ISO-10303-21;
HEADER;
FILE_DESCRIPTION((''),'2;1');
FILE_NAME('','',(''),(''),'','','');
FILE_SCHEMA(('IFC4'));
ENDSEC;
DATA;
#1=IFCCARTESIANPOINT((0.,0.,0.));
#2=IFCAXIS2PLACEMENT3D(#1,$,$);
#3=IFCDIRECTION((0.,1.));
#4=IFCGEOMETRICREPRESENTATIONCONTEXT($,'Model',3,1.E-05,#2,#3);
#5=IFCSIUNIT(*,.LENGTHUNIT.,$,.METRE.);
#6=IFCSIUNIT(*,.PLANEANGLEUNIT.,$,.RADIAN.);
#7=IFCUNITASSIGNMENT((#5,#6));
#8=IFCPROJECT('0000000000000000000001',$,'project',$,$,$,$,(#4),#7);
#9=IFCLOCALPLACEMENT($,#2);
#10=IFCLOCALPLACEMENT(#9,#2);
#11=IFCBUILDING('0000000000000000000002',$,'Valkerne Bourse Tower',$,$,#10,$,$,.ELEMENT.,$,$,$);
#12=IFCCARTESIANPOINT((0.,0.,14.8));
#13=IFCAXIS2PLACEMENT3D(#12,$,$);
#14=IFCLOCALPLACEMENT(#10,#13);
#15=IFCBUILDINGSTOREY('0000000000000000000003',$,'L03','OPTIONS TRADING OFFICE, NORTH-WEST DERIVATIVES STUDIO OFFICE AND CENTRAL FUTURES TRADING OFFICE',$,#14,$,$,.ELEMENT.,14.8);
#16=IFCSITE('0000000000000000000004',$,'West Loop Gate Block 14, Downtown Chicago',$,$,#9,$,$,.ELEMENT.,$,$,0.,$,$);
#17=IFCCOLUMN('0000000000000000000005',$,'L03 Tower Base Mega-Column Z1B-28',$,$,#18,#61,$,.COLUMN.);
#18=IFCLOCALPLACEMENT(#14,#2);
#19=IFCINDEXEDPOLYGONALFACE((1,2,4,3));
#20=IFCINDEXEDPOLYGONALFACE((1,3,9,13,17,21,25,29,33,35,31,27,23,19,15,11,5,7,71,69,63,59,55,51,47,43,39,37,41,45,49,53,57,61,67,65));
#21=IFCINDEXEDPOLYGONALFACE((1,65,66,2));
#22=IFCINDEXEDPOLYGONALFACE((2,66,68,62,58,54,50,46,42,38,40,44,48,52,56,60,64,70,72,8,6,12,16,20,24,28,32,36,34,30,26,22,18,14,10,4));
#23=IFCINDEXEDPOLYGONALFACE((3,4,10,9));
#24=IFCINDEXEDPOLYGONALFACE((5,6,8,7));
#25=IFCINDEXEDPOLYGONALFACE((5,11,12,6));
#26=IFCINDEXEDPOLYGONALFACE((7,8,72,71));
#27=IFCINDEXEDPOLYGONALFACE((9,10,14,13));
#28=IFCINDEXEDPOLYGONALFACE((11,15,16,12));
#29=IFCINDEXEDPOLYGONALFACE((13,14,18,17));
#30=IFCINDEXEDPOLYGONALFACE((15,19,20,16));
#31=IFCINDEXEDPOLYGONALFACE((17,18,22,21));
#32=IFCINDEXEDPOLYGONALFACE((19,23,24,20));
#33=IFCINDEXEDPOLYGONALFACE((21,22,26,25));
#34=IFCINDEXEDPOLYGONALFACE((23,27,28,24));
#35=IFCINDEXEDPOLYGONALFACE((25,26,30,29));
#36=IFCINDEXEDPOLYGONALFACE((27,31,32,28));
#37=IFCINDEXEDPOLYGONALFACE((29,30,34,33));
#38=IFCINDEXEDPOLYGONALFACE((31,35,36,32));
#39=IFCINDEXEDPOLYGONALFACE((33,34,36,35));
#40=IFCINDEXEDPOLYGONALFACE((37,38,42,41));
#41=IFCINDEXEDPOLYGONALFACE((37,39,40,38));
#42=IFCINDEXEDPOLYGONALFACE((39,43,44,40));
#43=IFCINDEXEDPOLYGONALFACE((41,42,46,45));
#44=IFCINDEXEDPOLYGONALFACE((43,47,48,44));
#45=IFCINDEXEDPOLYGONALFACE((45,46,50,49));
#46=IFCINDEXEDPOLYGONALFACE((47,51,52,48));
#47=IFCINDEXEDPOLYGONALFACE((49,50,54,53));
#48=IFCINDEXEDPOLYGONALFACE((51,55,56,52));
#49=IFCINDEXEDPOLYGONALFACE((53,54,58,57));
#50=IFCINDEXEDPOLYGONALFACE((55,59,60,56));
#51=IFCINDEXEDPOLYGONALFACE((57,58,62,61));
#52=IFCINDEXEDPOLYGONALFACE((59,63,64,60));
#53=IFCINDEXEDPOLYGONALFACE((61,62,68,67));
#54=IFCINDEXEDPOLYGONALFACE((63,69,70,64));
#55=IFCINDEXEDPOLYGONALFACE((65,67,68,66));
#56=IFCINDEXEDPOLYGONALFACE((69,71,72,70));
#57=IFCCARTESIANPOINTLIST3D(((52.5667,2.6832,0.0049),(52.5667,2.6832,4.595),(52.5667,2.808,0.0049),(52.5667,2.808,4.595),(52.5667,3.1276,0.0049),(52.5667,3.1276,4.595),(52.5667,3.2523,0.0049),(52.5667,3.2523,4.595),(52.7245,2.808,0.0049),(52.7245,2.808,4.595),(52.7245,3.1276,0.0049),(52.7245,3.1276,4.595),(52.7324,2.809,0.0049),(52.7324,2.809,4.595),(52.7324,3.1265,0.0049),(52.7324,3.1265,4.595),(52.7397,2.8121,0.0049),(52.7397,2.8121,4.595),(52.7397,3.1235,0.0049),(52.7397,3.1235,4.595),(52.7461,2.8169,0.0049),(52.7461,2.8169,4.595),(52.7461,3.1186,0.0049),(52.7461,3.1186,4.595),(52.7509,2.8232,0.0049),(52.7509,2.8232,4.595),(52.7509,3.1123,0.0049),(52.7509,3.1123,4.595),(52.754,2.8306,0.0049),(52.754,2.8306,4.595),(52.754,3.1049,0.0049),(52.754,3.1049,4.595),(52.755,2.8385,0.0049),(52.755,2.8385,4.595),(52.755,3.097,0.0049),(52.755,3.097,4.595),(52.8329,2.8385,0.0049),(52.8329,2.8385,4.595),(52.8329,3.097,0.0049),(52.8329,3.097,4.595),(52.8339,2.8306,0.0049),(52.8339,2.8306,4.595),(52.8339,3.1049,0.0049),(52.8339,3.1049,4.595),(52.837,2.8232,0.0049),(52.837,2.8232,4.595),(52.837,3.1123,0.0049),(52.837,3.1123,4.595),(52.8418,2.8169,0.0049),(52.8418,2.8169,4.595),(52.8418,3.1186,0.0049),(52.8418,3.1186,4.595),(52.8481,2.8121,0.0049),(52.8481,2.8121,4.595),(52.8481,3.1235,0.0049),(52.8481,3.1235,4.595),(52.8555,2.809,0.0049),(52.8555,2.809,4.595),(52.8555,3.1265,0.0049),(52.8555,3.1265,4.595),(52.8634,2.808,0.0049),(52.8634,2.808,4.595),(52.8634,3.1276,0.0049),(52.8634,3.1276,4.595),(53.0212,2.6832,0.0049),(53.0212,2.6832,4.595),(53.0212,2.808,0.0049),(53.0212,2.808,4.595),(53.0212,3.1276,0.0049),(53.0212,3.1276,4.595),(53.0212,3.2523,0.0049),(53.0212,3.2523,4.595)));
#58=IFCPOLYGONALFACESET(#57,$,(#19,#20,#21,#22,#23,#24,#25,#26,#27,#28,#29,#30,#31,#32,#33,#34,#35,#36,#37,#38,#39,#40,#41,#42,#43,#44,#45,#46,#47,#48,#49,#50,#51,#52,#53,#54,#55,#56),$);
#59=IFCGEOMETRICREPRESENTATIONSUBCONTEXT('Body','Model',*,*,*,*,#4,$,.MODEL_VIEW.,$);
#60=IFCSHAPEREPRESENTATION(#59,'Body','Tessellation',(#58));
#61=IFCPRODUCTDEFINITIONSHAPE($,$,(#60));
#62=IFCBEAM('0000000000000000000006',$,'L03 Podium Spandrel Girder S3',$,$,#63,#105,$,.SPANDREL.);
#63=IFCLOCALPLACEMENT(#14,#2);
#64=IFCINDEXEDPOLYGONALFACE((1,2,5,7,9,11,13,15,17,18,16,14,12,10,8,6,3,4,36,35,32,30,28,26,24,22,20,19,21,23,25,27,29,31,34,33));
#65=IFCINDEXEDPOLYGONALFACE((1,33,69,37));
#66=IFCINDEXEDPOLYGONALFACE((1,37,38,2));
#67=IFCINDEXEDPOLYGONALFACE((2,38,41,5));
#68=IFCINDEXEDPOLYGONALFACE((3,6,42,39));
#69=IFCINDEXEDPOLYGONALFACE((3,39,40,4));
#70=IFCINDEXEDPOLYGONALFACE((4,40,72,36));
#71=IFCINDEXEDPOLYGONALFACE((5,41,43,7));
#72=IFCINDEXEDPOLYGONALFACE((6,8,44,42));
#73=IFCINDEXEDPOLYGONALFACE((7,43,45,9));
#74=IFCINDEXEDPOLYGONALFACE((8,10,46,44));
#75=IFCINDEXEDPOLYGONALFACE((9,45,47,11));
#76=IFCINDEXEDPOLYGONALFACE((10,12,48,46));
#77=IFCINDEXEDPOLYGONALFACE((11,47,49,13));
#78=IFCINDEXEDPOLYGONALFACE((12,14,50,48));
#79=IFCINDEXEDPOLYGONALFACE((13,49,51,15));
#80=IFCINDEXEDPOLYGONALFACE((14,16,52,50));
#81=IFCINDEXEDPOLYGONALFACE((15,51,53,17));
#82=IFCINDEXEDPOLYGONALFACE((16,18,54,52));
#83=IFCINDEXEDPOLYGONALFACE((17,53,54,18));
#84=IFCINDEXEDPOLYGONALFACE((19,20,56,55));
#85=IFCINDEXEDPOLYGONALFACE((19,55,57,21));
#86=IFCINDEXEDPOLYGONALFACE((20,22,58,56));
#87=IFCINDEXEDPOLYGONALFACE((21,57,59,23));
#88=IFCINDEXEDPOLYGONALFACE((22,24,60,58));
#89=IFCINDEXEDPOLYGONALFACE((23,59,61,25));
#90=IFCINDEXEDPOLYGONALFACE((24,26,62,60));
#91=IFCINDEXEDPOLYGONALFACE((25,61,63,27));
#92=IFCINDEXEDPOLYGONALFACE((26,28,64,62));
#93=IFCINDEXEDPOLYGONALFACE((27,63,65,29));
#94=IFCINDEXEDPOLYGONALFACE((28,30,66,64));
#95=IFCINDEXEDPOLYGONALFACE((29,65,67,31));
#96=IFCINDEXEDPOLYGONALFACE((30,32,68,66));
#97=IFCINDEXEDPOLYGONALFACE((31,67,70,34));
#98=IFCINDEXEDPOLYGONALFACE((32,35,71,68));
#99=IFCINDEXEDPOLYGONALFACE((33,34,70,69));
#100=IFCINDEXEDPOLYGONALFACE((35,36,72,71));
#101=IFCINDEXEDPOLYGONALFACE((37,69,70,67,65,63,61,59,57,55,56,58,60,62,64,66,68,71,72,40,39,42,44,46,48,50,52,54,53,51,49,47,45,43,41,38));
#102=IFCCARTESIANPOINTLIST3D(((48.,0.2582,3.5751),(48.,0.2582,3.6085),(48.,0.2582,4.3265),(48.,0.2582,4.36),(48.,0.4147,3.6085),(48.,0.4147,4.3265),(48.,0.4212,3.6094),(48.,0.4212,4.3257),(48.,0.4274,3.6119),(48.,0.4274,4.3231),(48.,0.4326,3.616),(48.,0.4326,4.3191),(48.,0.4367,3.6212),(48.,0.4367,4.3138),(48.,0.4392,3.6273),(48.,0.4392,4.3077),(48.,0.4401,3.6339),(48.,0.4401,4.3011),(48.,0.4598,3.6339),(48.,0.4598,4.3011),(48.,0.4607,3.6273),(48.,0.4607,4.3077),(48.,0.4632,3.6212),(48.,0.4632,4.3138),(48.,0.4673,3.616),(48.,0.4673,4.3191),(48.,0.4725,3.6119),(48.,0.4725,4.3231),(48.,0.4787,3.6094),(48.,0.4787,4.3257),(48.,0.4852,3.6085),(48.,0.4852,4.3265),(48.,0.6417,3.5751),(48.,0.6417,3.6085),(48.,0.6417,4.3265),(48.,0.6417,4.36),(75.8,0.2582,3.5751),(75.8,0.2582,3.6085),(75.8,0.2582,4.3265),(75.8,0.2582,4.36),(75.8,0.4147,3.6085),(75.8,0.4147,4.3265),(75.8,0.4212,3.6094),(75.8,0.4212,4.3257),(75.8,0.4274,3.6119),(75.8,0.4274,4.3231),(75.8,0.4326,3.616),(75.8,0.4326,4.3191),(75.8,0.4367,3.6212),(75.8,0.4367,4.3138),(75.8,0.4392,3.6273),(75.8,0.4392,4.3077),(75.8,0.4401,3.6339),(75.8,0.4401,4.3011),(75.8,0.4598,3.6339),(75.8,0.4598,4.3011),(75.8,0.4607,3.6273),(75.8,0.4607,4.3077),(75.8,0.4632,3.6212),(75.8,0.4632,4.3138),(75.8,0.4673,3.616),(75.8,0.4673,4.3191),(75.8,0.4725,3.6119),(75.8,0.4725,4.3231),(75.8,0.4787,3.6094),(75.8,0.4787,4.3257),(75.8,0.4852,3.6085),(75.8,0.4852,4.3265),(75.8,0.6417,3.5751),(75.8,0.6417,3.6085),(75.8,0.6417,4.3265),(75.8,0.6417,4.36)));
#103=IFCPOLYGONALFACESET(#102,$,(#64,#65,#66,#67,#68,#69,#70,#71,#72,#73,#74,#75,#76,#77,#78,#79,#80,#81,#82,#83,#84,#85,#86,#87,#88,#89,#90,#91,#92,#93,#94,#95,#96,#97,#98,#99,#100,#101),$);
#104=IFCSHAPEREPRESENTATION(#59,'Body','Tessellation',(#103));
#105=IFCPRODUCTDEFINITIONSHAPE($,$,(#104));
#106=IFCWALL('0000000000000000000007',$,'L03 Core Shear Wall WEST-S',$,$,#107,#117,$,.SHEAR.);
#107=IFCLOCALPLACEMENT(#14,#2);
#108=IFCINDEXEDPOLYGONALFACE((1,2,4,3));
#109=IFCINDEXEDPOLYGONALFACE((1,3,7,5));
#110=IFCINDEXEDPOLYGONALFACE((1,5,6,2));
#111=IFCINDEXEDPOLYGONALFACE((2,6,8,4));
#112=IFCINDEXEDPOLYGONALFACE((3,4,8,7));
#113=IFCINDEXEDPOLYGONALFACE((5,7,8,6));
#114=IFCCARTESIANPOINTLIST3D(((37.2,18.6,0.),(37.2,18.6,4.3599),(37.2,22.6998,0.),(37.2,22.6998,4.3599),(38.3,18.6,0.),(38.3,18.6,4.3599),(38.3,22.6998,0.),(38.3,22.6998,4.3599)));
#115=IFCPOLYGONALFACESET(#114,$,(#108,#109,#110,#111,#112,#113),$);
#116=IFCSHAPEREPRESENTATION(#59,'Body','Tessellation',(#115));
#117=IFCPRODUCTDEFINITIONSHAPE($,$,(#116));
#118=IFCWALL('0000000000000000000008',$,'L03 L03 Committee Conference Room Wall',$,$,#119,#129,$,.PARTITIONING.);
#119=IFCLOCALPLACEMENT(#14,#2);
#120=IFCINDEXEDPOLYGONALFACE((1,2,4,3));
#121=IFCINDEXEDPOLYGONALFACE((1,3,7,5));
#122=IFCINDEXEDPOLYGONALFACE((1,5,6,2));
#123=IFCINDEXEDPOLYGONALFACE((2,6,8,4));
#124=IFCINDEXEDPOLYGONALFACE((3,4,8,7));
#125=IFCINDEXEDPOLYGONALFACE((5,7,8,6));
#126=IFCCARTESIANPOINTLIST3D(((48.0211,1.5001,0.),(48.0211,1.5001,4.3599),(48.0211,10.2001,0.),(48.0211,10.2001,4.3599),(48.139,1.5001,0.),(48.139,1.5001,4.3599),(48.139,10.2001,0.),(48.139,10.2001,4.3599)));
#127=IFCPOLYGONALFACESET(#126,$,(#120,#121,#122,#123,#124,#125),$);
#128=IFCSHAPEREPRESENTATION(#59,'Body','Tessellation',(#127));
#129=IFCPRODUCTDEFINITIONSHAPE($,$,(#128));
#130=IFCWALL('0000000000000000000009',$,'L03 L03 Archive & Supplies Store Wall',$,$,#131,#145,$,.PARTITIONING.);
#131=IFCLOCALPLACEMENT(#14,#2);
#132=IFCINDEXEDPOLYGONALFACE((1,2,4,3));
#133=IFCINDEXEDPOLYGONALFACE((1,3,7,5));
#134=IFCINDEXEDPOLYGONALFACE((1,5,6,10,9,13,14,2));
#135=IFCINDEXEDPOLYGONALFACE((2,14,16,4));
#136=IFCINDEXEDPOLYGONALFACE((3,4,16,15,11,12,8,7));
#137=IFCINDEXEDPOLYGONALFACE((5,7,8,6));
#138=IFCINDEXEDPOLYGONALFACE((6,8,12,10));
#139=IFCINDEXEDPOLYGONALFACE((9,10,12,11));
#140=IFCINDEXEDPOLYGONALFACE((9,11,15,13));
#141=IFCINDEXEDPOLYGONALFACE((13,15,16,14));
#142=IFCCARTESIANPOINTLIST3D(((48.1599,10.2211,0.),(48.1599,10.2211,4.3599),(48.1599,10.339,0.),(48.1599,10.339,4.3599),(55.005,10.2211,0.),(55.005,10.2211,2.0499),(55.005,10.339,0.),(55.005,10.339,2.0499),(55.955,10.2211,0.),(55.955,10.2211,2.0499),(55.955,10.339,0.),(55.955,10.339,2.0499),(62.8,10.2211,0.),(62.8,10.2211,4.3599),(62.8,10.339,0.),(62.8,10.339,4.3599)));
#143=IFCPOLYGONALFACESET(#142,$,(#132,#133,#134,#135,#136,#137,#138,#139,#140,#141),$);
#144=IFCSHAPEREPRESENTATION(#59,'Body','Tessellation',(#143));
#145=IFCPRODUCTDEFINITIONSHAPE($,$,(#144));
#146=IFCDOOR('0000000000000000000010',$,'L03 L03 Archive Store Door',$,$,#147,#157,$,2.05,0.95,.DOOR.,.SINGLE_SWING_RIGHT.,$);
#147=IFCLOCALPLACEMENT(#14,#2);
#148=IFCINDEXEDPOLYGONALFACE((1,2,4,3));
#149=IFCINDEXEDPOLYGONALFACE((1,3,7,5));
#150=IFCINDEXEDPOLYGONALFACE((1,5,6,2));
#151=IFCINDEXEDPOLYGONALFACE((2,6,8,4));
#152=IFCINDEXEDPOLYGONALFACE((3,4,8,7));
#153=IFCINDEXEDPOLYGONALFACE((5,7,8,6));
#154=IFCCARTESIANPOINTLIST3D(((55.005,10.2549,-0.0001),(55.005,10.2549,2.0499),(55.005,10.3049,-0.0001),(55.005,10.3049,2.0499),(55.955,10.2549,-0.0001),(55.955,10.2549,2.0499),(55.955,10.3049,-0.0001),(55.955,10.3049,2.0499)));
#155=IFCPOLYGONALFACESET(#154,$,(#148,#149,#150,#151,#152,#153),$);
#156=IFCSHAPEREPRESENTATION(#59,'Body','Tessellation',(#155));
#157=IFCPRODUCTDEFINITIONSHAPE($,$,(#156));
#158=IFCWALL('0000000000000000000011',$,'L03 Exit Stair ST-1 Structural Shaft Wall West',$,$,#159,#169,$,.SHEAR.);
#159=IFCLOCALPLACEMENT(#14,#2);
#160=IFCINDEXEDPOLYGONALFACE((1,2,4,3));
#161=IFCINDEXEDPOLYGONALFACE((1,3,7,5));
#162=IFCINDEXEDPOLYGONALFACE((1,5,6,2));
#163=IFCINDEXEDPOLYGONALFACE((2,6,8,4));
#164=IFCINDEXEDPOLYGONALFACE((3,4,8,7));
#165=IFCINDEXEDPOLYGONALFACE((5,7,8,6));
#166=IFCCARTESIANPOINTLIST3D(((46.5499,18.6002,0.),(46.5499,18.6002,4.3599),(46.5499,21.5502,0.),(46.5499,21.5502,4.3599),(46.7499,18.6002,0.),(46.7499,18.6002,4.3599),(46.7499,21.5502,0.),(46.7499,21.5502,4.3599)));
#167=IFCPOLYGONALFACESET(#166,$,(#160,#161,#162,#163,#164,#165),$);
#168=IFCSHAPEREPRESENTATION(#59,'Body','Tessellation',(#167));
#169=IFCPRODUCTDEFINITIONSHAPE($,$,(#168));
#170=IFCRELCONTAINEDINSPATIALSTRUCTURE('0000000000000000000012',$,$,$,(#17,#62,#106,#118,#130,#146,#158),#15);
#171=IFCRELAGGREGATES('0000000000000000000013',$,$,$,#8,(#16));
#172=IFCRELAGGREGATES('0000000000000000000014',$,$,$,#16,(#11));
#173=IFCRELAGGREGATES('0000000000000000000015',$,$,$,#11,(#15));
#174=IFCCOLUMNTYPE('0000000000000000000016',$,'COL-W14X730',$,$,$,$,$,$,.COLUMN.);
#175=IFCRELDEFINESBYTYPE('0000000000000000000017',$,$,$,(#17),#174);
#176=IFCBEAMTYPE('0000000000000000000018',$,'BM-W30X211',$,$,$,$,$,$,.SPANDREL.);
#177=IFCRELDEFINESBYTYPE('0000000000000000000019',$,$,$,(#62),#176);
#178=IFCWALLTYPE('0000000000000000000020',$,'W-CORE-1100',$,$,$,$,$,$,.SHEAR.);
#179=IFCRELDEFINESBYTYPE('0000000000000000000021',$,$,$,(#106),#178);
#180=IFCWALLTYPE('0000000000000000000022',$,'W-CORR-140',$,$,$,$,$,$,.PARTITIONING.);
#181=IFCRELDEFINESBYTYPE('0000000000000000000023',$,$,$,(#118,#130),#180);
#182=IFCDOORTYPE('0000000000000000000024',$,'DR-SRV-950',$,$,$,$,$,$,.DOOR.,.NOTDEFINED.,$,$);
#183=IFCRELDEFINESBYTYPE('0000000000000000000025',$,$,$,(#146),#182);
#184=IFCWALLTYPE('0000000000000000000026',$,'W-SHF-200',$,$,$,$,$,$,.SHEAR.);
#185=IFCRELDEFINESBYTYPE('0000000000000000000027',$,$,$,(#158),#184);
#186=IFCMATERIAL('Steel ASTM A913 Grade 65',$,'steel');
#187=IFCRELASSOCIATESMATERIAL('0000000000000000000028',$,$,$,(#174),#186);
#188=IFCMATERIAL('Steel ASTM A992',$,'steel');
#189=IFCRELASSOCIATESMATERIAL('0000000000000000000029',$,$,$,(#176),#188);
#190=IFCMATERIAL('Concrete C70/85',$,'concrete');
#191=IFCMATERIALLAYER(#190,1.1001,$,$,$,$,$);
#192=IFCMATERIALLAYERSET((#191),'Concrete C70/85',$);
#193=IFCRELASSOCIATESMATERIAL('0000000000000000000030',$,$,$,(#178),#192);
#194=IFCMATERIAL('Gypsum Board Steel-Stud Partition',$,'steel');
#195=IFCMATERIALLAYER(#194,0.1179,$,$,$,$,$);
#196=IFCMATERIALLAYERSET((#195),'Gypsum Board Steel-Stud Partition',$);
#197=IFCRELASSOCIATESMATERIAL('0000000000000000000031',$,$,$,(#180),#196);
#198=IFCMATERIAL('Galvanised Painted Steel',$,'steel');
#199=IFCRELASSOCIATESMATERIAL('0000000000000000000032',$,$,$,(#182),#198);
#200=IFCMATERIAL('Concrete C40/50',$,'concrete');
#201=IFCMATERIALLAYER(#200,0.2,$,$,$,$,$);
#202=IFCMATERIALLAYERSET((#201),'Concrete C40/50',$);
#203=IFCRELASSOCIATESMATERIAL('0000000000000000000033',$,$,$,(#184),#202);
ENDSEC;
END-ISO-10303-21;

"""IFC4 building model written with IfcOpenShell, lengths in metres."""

from ifc_helpers import new_model, si_unit, direction, frame, frame_2d, origin, origin_2d, place, context, subcontext, project, spatial, rectangle, i_section, extrude, material, layer, layer_set, material_profile, profile_set, type_object, element, fill, save


model = new_model("IFC4")

# Units and contexts
model_context = context("Model", 3, precision=1e-05, world=origin(), true_north=direction((0.0, 1.0)))
body_context = subcontext(model_context, "Body", "Model", "MODEL_VIEW")
ifc_project = project(units=[si_unit("LENGTHUNIT", "METRE"), si_unit("PLANEANGLEUNIT", "RADIAN")], contexts=[model_context])

# Site, building, storey
site_placement = place(None, origin())
site = spatial("IfcSite", under=ifc_project, at=site_placement, Name="West Loop Gate Block 14, Downtown Chicago", CompositionType="ELEMENT", RefElevation=0.0)
building_placement = place(site_placement, origin())
building = spatial("IfcBuilding", under=site, at=building_placement, Name="Valkerne Bourse Tower", CompositionType="ELEMENT")
storey_placement = place(building_placement, frame((0.0, 0.0, 14.8)))
storey = spatial("IfcBuildingStorey", under=building, at=storey_placement, Name="L03", Description="OPTIONS TRADING OFFICE, NORTH-WEST DERIVATIVES STUDIO OFFICE AND CENTRAL FUTURES TRADING OFFICE", CompositionType="ELEMENT", Elevation=14.8)

# Column
ifc_material_1 = material(Name="Concrete C70/85", Category="concrete")
ifc_material_2 = material(Name="Steel ASTM A913 Grade 65", Category="steel")
ifc_material_profile_1 = material_profile(ifc_material_2, i_section(OverallWidth=0.4546, OverallDepth=0.5691, WebThickness=0.0779, FlangeThickness=0.1248, FilletRadius=0.0305, at=origin_2d()), Name="W14X730")
ifc_profile_set_1 = profile_set([ifc_material_profile_1], Name="Steel ASTM A913 Grade 65")
column_type_1 = type_object("IfcColumnType", Name="COL-W14X730", PredefinedType="COLUMN", material=ifc_profile_set_1)
for number, where, z_axis, x_axis, name in (
    (1, (52.7939, 2.9678, 0.0049), (0.0, 0.0, 1.0), (1.0, 0.0, 0.0), "L03 Tower Base Mega-Column Z1B-28"),
):
    element("IfcColumn", number, at=place(storey_placement, frame(where, z_axis=z_axis, x_axis=x_axis)), inside=storey, type_object=column_type_1, Name=name, PredefinedType="COLUMN", context=body_context, shape_type="SweptSolid", body=[
        extrude(i_section(OverallWidth=0.4546, OverallDepth=0.5691, WebThickness=0.0779, FlangeThickness=0.1248, FilletRadius=0.0305, at=origin_2d()), origin(), (0.0, 0.0, 1.0), 4.5901),
    ])

# Beam
ifc_material_3 = material(Name="Steel ASTM A992", Category="steel")
ifc_material_profile_2 = material_profile(ifc_material_3, i_section(OverallWidth=0.3835, OverallDepth=0.7849, WebThickness=0.0198, FlangeThickness=0.0334, FilletRadius=0.0254, at=origin_2d()), Name="W30X211")
ifc_profile_set_2 = profile_set([ifc_material_profile_2], Name="Steel ASTM A992")
beam_type = type_object("IfcBeamType", Name="BM-W30X211", PredefinedType="SPANDREL", material=ifc_profile_set_2)
beam_placement = place(storey_placement, frame((48.0, 0.45, 3.9675), z_axis=(1.0, 0.0, 0.0), x_axis=(0.0, 1.0, 0.0)))
element("IfcBeam", 2, at=beam_placement, inside=storey, type_object=beam_type, Name="L03 Podium Spandrel Girder S3", PredefinedType="SPANDREL", context=body_context, shape_type="SweptSolid", body=[
    extrude(i_section(OverallWidth=0.3835, OverallDepth=0.7849, WebThickness=0.0198, FlangeThickness=0.0334, FilletRadius=0.0254, at=origin_2d()), origin(), (0.0, 0.0, 1.0), 27.8),
])

# Walls
ifc_layer_1 = layer(ifc_material_1, 1.1001)
ifc_layer_set_1 = layer_set([ifc_layer_1], Name="Concrete C70/85")
wall_type_1 = type_object("IfcWallType", Name="W-CORE-1100", PredefinedType="SHEAR", material=ifc_layer_set_1)
wall_1_placement = place(storey_placement, frame((37.75, 18.6001, 0.0), z_axis=(0.0, 0.0, 1.0), x_axis=(0.0, 1.0, 0.0)))
element("IfcWall", 3, at=wall_1_placement, inside=storey, type_object=wall_type_1, Name="L03 Core Shear Wall WEST-S", PredefinedType="SHEAR", context=body_context, shape_type="SweptSolid", body=[
    extrude(rectangle(XDim=4.0999, YDim=1.1001, at=frame_2d((2.0498, 0.0))), origin(), (0.0, 0.0, 1.0), 4.3599),
])
ifc_material_4 = material(Name="Gypsum Board Steel-Stud Partition", Category="steel")
ifc_layer_2 = layer(ifc_material_4, 0.1179)
ifc_layer_set_2 = layer_set([ifc_layer_2], Name="Gypsum Board Steel-Stud Partition")
wall_type_2 = type_object("IfcWallType", Name="W-CORR-140", PredefinedType="PARTITIONING", material=ifc_layer_set_2)
wall_2_placement = place(storey_placement, frame((48.0801, 1.5, 0.0), z_axis=(0.0, 0.0, 1.0), x_axis=(0.0, 1.0, 0.0)))
element("IfcWall", 4, at=wall_2_placement, inside=storey, type_object=wall_type_2, Name="L03 L03 Committee Conference Room Wall", PredefinedType="PARTITIONING", context=body_context, shape_type="SweptSolid", body=[
    extrude(rectangle(XDim=8.7, YDim=0.1179, at=frame_2d((4.3501, 0.0))), origin(), (0.0, 0.0, 1.0), 4.3599),
])

# Wall, opening, door
wall_3_placement = place(storey_placement, frame((48.1599, 10.28, 0.0), z_axis=(0.0, 0.0, 1.0), x_axis=(1.0, 0.0, 0.0)))
wall_3 = element("IfcWall", 5, at=wall_3_placement, inside=storey, type_object=wall_type_2, Name="L03 L03 Archive & Supplies Store Wall", PredefinedType="PARTITIONING", context=body_context, shape_type="SweptSolid", body=[
    extrude(rectangle(XDim=14.6401, YDim=0.1179, at=frame_2d((7.3201, 0.0))), origin(), (0.0, 0.0, 1.0), 4.3599),
])
opening_1_placement = place(wall_3_placement, frame((6.845, 0.0, 0.0)))
opening_1 = element("IfcOpeningElement", 6, at=opening_1_placement, cuts=wall_3, PredefinedType="OPENING", context=body_context, shape_type="SweptSolid", body=[
    extrude(rectangle(XDim=0.95, YDim=2.05, at=frame_2d((0.4751, 1.0249))), frame((0.0, 0.0688, 0.0), z_axis=(0.0, -1.0, 0.0), x_axis=(1.0, 0.0, 0.0)), (0.0, 0.0, 1.0), 0.1379),
])
ifc_material_5 = material(Name="Galvanised Painted Steel", Category="steel")
door_type_1 = type_object("IfcDoorType", Name="DR-SRV-950", OperationType="NOTDEFINED", PredefinedType="DOOR", material=ifc_material_5)
door_1_placement = place(opening_1_placement, origin())
door_1 = element("IfcDoor", 7, at=door_1_placement, inside=storey, type_object=door_type_1, Name="L03 L03 Archive Store Door", OperationType="SINGLE_SWING_RIGHT", OverallHeight=2.05, OverallWidth=0.95, PredefinedType="DOOR", context=body_context, shape_type="SweptSolid", body=[
    extrude(rectangle(XDim=0.95, YDim=2.05, at=frame_2d((0.4751, 1.0249))), frame((0.0, 0.0249, 0.0), z_axis=(0.0, -1.0, 0.0), x_axis=(1.0, 0.0, 0.0)), (0.0, 0.0, 1.0), 0.05),
])
fill(opening_1, door_1)

# Wall
ifc_material_6 = material(Name="Concrete C40/50", Category="concrete")
ifc_layer_3 = layer(ifc_material_6, 0.2)
ifc_layer_set_3 = layer_set([ifc_layer_3], Name="Concrete C40/50")
wall_type_3 = type_object("IfcWallType", Name="W-SHF-200", PredefinedType="SHEAR", material=ifc_layer_set_3)
wall_4_placement = place(storey_placement, frame((46.6499, 18.6001, 0.0), z_axis=(0.0, 0.0, 1.0), x_axis=(0.0, 1.0, 0.0)))
element("IfcWall", 8, at=wall_4_placement, inside=storey, type_object=wall_type_3, Name="L03 Exit Stair ST-1 Structural Shaft Wall West", PredefinedType="SHEAR", context=body_context, shape_type="SweptSolid", body=[
    extrude(rectangle(XDim=2.95, YDim=0.2, at=frame_2d((1.4751, 0.0))), origin(), (0.0, 0.0, 1.0), 4.3599),
])

save(model, "model.ifc")
